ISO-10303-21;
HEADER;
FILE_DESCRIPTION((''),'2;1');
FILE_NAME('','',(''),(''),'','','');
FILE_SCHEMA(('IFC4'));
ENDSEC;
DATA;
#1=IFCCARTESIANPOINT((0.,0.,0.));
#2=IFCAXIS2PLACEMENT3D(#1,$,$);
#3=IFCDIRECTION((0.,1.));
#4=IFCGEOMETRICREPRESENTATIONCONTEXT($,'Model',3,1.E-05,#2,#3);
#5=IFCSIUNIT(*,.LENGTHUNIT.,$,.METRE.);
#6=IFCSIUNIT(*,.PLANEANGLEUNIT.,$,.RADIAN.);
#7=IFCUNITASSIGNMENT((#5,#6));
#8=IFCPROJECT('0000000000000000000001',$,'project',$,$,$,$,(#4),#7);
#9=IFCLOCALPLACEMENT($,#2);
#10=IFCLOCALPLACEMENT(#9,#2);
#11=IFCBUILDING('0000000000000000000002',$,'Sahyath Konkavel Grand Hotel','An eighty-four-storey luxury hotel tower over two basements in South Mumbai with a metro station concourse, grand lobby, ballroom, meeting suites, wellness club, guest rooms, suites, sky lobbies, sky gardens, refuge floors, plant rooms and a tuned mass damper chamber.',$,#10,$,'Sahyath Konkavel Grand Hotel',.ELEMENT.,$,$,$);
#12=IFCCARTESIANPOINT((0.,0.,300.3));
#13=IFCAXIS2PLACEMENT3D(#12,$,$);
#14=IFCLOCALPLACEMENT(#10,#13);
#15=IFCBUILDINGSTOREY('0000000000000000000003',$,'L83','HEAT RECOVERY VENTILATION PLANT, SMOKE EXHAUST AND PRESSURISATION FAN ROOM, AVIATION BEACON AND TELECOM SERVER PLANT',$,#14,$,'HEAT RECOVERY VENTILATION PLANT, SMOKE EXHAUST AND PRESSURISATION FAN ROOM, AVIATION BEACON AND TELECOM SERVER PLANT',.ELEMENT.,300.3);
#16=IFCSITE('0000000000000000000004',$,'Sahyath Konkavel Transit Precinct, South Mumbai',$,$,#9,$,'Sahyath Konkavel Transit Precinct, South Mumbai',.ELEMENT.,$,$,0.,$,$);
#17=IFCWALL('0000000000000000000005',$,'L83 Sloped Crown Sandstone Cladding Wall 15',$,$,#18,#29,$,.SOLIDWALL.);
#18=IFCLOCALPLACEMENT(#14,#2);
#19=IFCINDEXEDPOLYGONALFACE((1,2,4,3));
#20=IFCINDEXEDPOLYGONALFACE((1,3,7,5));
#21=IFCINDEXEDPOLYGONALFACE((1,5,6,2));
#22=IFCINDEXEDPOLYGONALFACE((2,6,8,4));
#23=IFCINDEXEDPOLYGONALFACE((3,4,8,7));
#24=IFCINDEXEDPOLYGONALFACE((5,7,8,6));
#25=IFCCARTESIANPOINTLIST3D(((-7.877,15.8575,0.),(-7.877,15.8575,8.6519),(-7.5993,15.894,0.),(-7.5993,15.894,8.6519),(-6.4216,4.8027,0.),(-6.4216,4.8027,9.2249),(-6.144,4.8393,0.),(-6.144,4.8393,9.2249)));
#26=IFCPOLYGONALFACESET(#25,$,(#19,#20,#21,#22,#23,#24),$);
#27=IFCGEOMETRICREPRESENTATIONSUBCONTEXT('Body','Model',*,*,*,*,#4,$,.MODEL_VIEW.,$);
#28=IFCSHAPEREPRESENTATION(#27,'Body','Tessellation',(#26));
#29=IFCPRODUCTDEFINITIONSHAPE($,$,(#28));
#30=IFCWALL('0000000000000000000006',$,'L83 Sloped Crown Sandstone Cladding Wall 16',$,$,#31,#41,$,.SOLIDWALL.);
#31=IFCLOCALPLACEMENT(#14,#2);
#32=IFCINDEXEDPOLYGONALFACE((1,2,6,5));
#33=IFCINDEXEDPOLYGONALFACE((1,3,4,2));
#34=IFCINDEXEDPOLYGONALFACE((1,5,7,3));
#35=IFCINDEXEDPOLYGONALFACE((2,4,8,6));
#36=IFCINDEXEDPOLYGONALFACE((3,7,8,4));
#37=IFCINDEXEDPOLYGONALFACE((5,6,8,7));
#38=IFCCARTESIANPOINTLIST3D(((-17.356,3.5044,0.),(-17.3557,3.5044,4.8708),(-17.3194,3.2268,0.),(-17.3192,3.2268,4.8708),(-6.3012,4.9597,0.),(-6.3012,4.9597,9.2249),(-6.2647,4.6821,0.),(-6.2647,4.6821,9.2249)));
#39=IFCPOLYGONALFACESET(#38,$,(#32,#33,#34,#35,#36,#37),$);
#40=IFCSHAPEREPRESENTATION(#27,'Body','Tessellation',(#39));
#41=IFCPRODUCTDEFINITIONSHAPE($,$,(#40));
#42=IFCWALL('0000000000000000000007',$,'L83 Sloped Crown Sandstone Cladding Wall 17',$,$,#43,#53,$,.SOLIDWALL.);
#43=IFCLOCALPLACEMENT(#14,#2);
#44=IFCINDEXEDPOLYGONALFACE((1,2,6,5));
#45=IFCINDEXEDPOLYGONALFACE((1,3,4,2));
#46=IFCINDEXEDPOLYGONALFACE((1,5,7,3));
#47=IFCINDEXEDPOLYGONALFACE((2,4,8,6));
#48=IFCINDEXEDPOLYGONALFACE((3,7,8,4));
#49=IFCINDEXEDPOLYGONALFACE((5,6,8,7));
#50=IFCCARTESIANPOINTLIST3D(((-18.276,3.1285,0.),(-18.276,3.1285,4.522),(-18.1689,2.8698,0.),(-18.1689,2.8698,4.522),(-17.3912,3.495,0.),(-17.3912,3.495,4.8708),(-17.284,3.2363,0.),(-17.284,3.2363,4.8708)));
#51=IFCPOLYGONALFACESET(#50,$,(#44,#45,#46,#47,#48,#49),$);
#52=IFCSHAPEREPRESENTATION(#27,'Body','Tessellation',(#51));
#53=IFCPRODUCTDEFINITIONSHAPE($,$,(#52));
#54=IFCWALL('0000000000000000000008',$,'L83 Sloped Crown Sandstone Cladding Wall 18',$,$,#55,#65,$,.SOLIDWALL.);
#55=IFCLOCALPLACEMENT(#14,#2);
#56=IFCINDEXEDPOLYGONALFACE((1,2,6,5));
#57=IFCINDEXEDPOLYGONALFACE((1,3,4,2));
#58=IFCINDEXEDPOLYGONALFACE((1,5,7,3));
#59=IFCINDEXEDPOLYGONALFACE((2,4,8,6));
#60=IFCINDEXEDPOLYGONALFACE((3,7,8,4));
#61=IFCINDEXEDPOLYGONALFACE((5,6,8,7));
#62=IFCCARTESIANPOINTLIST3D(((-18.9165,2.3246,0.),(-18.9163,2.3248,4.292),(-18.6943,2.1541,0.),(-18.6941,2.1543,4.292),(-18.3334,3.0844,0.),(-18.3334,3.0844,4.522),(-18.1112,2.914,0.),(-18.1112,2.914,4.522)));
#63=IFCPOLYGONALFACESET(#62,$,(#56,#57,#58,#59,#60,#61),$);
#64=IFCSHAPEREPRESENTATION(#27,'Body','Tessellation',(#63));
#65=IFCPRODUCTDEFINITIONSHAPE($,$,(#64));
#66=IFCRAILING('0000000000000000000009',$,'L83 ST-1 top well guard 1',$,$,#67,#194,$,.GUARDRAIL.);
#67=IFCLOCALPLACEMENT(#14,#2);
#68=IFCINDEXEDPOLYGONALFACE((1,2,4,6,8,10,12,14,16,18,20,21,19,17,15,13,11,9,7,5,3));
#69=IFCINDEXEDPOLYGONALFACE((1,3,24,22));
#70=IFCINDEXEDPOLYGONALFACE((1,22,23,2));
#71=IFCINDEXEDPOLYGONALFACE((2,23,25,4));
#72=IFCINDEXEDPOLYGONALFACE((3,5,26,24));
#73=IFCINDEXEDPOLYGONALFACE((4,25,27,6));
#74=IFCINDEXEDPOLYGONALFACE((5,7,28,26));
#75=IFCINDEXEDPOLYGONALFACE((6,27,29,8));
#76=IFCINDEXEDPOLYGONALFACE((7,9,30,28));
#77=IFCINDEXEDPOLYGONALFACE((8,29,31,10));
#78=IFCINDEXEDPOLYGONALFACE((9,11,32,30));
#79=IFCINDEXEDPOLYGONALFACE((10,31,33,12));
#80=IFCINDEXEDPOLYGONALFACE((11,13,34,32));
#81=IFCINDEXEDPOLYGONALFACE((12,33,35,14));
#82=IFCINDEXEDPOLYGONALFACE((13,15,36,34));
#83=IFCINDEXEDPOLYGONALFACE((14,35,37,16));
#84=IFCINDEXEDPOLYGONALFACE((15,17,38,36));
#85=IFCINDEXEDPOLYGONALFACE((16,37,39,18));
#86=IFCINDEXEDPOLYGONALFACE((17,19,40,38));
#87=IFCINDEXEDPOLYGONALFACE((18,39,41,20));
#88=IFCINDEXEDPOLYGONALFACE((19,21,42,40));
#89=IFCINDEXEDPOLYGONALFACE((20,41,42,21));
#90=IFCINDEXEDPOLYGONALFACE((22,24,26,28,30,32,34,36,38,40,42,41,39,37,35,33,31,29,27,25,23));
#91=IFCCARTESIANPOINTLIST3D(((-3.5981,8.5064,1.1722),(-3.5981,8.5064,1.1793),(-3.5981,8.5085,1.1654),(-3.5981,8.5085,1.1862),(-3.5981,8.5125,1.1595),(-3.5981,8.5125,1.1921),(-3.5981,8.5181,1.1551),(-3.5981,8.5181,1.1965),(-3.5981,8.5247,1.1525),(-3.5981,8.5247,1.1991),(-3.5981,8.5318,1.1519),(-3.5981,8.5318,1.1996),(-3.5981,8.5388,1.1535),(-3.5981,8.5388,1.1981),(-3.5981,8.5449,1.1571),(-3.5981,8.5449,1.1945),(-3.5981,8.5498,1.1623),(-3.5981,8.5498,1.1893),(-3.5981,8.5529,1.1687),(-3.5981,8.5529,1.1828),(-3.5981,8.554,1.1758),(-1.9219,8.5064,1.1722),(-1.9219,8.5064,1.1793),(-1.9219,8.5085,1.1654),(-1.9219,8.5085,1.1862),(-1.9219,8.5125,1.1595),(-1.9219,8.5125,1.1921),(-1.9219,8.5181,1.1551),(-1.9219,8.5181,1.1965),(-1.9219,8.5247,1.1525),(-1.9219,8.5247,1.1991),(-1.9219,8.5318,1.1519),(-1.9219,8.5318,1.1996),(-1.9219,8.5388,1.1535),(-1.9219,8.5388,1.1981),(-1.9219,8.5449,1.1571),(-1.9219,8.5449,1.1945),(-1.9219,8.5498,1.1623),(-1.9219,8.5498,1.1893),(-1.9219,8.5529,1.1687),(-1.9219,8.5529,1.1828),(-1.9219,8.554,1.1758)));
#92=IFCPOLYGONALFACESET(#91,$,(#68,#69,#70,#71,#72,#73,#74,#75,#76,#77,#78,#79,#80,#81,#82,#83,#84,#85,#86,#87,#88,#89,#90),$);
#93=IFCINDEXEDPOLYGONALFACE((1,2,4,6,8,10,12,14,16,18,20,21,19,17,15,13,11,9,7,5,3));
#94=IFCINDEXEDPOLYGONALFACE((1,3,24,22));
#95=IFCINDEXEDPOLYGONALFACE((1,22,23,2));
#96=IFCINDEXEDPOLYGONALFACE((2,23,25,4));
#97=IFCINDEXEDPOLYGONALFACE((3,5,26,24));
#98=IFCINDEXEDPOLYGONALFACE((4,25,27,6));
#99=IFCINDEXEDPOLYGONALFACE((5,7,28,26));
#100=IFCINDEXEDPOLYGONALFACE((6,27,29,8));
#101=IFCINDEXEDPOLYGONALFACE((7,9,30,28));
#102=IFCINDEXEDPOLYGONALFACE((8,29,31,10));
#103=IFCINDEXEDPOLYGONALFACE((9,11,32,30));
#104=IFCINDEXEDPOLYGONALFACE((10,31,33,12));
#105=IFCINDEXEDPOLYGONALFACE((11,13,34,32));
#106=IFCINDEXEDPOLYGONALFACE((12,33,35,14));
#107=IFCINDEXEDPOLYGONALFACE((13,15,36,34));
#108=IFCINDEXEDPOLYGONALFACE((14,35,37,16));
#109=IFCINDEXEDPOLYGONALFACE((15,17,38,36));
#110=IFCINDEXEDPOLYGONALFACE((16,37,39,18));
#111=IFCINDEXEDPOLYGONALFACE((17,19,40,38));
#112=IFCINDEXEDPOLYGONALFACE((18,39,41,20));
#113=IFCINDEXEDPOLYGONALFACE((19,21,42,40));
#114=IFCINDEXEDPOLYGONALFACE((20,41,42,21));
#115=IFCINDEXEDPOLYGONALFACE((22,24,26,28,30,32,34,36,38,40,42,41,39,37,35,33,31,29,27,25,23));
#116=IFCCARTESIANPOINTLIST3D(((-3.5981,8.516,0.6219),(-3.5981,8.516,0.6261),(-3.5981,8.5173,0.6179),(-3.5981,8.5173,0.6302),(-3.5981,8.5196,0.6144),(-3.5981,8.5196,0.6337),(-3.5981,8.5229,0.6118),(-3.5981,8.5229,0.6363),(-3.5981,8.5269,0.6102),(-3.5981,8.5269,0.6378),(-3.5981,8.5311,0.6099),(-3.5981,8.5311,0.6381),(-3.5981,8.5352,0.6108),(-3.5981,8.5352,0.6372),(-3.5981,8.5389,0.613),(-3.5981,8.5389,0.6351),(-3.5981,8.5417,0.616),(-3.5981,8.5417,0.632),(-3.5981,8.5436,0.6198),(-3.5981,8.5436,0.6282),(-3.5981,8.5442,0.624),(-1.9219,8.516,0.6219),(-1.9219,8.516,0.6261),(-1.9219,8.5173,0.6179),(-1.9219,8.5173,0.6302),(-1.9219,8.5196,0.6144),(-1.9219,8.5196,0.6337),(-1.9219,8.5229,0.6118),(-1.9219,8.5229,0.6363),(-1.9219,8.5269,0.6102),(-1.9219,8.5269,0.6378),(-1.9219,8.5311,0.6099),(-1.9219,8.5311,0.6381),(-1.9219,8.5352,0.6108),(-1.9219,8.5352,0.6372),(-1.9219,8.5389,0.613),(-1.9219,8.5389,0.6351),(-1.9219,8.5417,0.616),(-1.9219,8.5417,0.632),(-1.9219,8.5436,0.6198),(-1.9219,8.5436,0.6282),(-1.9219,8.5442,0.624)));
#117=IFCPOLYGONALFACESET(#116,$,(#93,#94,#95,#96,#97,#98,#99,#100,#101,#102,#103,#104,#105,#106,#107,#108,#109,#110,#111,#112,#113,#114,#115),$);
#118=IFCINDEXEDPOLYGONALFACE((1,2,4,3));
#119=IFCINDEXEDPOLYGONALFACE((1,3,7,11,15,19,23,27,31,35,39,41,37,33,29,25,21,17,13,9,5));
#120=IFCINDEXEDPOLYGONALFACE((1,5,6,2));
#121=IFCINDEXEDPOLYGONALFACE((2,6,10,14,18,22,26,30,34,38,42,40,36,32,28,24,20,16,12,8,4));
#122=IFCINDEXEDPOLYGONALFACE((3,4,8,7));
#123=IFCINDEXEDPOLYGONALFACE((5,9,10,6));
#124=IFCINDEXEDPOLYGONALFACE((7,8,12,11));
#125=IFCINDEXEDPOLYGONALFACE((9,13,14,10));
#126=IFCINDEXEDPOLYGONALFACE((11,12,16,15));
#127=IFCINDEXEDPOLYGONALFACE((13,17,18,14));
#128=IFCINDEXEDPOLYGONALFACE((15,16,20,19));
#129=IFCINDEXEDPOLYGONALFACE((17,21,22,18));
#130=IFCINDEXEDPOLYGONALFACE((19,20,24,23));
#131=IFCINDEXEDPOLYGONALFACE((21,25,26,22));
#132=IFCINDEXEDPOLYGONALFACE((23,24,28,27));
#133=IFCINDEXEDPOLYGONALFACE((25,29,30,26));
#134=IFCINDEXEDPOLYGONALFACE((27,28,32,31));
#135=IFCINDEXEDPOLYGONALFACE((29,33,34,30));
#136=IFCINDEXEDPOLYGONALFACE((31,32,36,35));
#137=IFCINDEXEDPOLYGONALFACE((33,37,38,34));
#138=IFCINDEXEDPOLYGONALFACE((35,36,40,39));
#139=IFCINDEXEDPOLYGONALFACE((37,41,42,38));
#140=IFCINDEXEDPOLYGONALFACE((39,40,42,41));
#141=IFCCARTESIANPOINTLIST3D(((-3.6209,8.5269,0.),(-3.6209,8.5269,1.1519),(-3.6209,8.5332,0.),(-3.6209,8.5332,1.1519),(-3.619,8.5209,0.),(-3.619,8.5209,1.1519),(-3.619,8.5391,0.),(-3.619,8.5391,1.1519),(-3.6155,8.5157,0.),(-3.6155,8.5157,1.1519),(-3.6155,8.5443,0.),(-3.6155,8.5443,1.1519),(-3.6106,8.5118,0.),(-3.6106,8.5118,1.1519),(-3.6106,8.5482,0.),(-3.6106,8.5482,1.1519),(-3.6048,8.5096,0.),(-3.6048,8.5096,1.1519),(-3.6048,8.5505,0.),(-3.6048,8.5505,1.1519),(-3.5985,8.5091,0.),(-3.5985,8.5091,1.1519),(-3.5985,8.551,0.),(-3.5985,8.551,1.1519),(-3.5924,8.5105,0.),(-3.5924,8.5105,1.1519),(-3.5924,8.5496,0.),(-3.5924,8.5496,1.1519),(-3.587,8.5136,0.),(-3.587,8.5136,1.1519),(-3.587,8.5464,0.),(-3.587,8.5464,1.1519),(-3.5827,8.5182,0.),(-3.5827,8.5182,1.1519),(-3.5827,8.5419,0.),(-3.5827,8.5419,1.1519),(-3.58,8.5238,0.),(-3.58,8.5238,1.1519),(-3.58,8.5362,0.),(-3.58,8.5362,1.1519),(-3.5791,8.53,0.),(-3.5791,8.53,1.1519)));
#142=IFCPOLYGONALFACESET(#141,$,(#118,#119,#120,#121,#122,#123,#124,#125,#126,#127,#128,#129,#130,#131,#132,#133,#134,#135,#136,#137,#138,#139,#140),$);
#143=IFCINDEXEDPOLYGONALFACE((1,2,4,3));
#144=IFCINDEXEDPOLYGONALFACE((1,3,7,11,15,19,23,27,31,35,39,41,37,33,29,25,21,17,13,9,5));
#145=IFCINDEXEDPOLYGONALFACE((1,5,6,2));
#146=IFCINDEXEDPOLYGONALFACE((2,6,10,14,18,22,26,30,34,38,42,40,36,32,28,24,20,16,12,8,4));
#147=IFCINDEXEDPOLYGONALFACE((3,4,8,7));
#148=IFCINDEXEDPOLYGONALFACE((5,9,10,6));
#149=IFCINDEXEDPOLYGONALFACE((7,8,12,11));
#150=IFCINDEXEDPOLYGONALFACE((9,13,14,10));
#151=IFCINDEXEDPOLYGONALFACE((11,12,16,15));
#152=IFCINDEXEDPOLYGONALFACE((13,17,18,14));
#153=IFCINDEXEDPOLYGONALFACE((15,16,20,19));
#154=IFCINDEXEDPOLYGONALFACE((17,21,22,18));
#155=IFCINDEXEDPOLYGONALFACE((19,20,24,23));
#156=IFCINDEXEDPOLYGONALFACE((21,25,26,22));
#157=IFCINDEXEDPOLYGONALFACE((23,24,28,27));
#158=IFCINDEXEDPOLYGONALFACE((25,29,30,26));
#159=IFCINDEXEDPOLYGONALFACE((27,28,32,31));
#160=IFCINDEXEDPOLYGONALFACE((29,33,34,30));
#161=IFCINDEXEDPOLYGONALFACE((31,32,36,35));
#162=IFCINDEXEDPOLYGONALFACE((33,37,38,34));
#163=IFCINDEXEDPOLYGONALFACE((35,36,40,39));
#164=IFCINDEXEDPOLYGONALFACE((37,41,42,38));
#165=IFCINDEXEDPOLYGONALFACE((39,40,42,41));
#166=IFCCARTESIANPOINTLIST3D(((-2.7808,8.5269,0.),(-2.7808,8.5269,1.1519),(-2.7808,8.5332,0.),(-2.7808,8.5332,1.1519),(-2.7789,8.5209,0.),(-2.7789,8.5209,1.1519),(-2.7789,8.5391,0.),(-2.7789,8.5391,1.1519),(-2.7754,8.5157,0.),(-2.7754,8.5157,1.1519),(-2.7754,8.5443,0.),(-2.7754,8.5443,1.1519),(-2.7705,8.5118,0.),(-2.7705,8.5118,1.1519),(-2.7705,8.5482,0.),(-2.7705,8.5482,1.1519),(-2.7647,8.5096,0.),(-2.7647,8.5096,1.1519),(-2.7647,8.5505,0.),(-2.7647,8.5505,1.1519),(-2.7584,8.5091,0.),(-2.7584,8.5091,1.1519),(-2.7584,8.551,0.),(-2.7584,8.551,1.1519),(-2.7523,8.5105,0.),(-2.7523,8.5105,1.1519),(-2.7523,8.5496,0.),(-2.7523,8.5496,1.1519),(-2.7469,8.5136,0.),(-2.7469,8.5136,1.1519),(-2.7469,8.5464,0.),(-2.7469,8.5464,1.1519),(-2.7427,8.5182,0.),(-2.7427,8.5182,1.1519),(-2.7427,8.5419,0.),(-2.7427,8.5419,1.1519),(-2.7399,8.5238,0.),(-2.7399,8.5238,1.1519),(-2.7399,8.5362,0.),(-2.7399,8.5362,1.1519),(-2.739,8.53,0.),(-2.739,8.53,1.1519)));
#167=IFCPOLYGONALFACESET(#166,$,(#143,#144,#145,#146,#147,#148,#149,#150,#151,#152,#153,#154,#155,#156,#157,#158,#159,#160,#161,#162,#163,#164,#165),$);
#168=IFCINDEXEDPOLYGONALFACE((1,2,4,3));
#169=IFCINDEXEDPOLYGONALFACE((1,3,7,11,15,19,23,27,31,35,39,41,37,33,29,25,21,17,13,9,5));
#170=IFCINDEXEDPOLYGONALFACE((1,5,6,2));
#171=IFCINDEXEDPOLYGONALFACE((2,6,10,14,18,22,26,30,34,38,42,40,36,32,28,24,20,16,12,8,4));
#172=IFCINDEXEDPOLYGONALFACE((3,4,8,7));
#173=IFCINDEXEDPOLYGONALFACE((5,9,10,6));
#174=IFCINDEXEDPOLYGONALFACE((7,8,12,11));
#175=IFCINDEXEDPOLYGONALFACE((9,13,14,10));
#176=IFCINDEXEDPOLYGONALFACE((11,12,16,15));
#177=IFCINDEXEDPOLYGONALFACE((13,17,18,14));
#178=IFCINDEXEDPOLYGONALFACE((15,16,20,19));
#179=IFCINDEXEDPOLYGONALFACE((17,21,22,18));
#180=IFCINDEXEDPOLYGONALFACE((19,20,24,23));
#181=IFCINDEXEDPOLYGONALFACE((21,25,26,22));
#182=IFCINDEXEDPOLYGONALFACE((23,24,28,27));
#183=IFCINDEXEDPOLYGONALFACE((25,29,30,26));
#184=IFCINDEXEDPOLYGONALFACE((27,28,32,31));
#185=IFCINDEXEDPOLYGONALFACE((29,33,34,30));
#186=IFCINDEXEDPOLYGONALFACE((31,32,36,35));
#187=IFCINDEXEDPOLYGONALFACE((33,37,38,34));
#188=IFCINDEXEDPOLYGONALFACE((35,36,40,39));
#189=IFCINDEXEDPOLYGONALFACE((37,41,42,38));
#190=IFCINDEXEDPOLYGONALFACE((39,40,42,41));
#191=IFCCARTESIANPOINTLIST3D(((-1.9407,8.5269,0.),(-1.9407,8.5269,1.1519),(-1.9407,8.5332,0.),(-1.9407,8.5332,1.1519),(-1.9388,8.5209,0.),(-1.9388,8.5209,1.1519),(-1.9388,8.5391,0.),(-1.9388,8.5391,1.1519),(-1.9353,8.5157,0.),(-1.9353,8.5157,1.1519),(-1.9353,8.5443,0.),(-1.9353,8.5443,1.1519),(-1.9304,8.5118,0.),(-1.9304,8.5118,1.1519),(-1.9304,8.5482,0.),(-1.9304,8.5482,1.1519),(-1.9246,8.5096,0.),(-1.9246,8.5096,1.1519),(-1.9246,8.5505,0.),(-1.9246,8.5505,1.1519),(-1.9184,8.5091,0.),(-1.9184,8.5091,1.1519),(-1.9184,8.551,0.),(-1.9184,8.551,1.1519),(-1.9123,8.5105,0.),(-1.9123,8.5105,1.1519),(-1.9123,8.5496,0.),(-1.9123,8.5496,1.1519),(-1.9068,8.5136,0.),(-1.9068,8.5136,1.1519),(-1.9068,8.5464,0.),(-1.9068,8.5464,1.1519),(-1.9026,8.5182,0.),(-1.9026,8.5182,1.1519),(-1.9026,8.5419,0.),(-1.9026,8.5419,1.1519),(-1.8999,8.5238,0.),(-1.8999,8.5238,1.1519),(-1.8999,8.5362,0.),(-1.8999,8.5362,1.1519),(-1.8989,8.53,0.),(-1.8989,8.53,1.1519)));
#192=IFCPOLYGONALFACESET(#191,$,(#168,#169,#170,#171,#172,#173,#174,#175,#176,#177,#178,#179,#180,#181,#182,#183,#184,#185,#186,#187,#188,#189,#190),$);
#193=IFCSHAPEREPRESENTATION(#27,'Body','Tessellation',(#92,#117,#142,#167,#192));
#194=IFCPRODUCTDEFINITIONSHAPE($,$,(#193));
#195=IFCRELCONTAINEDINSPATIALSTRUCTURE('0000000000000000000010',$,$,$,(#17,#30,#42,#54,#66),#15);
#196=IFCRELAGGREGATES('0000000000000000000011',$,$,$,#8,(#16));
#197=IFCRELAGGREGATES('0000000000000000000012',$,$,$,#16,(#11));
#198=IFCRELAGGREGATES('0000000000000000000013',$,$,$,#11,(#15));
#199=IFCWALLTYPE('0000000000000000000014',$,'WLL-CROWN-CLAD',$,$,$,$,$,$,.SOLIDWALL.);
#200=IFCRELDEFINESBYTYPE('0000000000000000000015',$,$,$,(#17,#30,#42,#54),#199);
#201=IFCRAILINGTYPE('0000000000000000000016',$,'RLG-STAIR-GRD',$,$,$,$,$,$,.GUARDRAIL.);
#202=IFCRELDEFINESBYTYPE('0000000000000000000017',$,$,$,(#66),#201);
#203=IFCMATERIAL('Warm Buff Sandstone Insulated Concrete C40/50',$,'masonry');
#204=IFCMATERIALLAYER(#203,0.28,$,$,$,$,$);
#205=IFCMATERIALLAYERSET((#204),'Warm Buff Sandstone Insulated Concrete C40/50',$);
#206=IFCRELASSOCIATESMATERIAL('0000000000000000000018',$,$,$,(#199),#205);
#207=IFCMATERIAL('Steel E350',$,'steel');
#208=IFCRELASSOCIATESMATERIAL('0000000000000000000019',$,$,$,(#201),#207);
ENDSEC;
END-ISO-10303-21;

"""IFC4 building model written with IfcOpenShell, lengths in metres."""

from ifc_helpers import new_model, si_unit, direction, frame, origin, origin_2d, place, context, subcontext, project, spatial, polyline, circle, outline, extrude, material, layer, layer_set, type_object, element, save


model = new_model("IFC4")

# Units and contexts
model_context = context("Model", 3, precision=1e-05, world=origin(), true_north=direction((0.0, 1.0)))
body_context = subcontext(model_context, "Body", "Model", "MODEL_VIEW")
ifc_project = project(units=[si_unit("LENGTHUNIT", "METRE"), si_unit("PLANEANGLEUNIT", "RADIAN")], contexts=[model_context])

# Site, building, storey
site_placement = place(None, origin())
site = spatial("IfcSite", under=ifc_project, at=site_placement, Name="Sahyath Konkavel Transit Precinct, South Mumbai", LongName="Sahyath Konkavel Transit Precinct, South Mumbai", CompositionType="ELEMENT", RefElevation=0.0)
building_placement = place(site_placement, origin())
building = spatial("IfcBuilding", under=site, at=building_placement, Name="Sahyath Konkavel Grand Hotel", Description="An eighty-four-storey luxury hotel tower over two basements in South Mumbai with a metro station concourse, grand lobby, ballroom, meeting suites, wellness club, guest rooms, suites, sky lobbies, sky gardens, refuge floors, plant rooms and a tuned mass damper chamber.", LongName="Sahyath Konkavel Grand Hotel", CompositionType="ELEMENT")
storey_placement = place(building_placement, frame((0.0, 0.0, 300.3)))
storey = spatial("IfcBuildingStorey", under=building, at=storey_placement, Name="L83", Description="HEAT RECOVERY VENTILATION PLANT, SMOKE EXHAUST AND PRESSURISATION FAN ROOM, AVIATION BEACON AND TELECOM SERVER PLANT", LongName="HEAT RECOVERY VENTILATION PLANT, SMOKE EXHAUST AND PRESSURISATION FAN ROOM, AVIATION BEACON AND TELECOM SERVER PLANT", CompositionType="ELEMENT", Elevation=300.3)

# Shared definitions
ifc_material_1 = material(Name="Steel E350", Category="steel")

# Shared definitions
ifc_material_2 = material(Name="Warm Buff Sandstone Insulated Concrete C40/50", Category="masonry")

# Walls
ifc_layer_1 = layer(ifc_material_2, 0.28)
ifc_layer_set_1 = layer_set([ifc_layer_1], Name="Warm Buff Sandstone Insulated Concrete C40/50")
wall_type_1 = type_object("IfcWallType", Name="WLL-CROWN-CLAD", PredefinedType="SOLIDWALL", material=ifc_layer_set_1)
wall_1_placement = place(storey_placement, frame((-7.7383, 15.8757, 0.0), z_axis=(0.0, 0.0, 1.0), x_axis=(0.130521, -0.991445, 0.0)))
element("IfcWall", 1, at=wall_1_placement, inside=storey, type_object=wall_type_1, Name="L83 Sloped Crown Sandstone Cladding Wall 15", PredefinedType="SOLIDWALL", context=body_context, shape_type="SweptSolid", body=[
    extrude(outline(polyline([(0.0, 0.0), (11.1501, 0.0), (11.1501, 9.2249), (0.0, 8.6519), (0.0, 0.0)])), frame((0.0, 0.1401, 0.0), z_axis=(0.0, -1.0, 0.0), x_axis=(1.0, 0.0, 0.0)), (0.0, 0.0, 1.0), 0.28),
])
wall_2_placement = place(storey_placement, frame((-6.283, 4.821, 0.0), z_axis=(0.0, 0.0, 1.0), x_axis=(-0.991445, -0.130521, 0.0)))
element("IfcWall", 2, at=wall_2_placement, inside=storey, type_object=wall_type_1, Name="L83 Sloped Crown Sandstone Cladding Wall 16", PredefinedType="SOLIDWALL", context=body_context, shape_type="SweptSolid", body=[
    extrude(outline(polyline([(0.0, 0.0), (11.1501, 0.0), (11.1499, 4.8708), (0.0, 9.2249), (0.0, 0.0)])), frame((0.0, 0.1401, 0.0), z_axis=(0.0, -1.0, 0.0), x_axis=(1.0, 0.0, 0.0)), (0.0, 0.0, 1.0), 0.28),
])
wall_3_placement = place(storey_placement, frame((-17.3376, 3.3657, 0.0), z_axis=(0.0, 0.0, 1.0), x_axis=(-0.923889, -0.38266, 0.0)))
element("IfcWall", 3, at=wall_3_placement, inside=storey, type_object=wall_type_1, Name="L83 Sloped Crown Sandstone Cladding Wall 17", PredefinedType="SOLIDWALL", context=body_context, shape_type="SweptSolid", body=[
    extrude(outline(polyline([(0.0, 0.0), (0.9578, 0.0), (0.9578, 4.522), (0.0, 4.8708), (0.0, 0.0)])), frame((0.0, 0.1401, 0.0), z_axis=(0.0, -1.0, 0.0), x_axis=(1.0, 0.0, 0.0)), (0.0, 0.0, 1.0), 0.28),
])
wall_4_placement = place(storey_placement, frame((-18.2224, 2.9993, 0.0), z_axis=(0.0, 0.0, 1.0), x_axis=(-0.608774, -0.793344, 0.0)))
element("IfcWall", 4, at=wall_4_placement, inside=storey, type_object=wall_type_1, Name="L83 Sloped Crown Sandstone Cladding Wall 18", PredefinedType="SOLIDWALL", context=body_context, shape_type="SweptSolid", body=[
    extrude(outline(polyline([(0.0, 0.0), (0.9578, 0.0), (0.9575, 4.292), (0.0, 4.522), (0.0, 0.0)])), frame((0.0, 0.1401, 0.0), z_axis=(0.0, -1.0, 0.0), x_axis=(1.0, 0.0, 0.0)), (0.0, 0.0, 1.0), 0.28),
])

# Railing
railing_type = type_object("IfcRailingType", Name="RLG-STAIR-GRD", PredefinedType="GUARDRAIL", material=ifc_material_1)
railing_placement = place(storey_placement, frame((-3.6001, 8.53, 0.0)))
element("IfcRailing", 5, at=railing_placement, inside=storey, type_object=railing_type, Name="L83 ST-1 top well guard 1", PredefinedType="GUARDRAIL", context=body_context, shape_type="SweptSolid", body=[
    extrude(circle(Radius=0.0239, at=origin_2d()), frame((0.002, 0.0, 1.1758), z_axis=(1.0, 0.0, 0.0), x_axis=(0.0, 1.0, 0.0)), (0.0, 0.0, 1.0), 1.6763),
    extrude(circle(Radius=0.0142, at=origin_2d()), frame((0.002, 0.0, 0.624), z_axis=(1.0, 0.0, 0.0), x_axis=(0.0, 1.0, 0.0)), (0.0, 0.0, 1.0), 1.6763),
    extrude(circle(Radius=0.021, at=origin_2d()), origin(), (0.0, 0.0, 1.0), 1.1519),
    extrude(circle(Radius=0.021, at=origin_2d()), frame((0.8401, 0.0, 0.0)), (0.0, 0.0, 1.0), 1.1519),
    extrude(circle(Radius=0.021, at=origin_2d()), frame((1.6802, 0.0, 0.0)), (0.0, 0.0, 1.0), 1.1519),
])

save(model, "model.ifc")
